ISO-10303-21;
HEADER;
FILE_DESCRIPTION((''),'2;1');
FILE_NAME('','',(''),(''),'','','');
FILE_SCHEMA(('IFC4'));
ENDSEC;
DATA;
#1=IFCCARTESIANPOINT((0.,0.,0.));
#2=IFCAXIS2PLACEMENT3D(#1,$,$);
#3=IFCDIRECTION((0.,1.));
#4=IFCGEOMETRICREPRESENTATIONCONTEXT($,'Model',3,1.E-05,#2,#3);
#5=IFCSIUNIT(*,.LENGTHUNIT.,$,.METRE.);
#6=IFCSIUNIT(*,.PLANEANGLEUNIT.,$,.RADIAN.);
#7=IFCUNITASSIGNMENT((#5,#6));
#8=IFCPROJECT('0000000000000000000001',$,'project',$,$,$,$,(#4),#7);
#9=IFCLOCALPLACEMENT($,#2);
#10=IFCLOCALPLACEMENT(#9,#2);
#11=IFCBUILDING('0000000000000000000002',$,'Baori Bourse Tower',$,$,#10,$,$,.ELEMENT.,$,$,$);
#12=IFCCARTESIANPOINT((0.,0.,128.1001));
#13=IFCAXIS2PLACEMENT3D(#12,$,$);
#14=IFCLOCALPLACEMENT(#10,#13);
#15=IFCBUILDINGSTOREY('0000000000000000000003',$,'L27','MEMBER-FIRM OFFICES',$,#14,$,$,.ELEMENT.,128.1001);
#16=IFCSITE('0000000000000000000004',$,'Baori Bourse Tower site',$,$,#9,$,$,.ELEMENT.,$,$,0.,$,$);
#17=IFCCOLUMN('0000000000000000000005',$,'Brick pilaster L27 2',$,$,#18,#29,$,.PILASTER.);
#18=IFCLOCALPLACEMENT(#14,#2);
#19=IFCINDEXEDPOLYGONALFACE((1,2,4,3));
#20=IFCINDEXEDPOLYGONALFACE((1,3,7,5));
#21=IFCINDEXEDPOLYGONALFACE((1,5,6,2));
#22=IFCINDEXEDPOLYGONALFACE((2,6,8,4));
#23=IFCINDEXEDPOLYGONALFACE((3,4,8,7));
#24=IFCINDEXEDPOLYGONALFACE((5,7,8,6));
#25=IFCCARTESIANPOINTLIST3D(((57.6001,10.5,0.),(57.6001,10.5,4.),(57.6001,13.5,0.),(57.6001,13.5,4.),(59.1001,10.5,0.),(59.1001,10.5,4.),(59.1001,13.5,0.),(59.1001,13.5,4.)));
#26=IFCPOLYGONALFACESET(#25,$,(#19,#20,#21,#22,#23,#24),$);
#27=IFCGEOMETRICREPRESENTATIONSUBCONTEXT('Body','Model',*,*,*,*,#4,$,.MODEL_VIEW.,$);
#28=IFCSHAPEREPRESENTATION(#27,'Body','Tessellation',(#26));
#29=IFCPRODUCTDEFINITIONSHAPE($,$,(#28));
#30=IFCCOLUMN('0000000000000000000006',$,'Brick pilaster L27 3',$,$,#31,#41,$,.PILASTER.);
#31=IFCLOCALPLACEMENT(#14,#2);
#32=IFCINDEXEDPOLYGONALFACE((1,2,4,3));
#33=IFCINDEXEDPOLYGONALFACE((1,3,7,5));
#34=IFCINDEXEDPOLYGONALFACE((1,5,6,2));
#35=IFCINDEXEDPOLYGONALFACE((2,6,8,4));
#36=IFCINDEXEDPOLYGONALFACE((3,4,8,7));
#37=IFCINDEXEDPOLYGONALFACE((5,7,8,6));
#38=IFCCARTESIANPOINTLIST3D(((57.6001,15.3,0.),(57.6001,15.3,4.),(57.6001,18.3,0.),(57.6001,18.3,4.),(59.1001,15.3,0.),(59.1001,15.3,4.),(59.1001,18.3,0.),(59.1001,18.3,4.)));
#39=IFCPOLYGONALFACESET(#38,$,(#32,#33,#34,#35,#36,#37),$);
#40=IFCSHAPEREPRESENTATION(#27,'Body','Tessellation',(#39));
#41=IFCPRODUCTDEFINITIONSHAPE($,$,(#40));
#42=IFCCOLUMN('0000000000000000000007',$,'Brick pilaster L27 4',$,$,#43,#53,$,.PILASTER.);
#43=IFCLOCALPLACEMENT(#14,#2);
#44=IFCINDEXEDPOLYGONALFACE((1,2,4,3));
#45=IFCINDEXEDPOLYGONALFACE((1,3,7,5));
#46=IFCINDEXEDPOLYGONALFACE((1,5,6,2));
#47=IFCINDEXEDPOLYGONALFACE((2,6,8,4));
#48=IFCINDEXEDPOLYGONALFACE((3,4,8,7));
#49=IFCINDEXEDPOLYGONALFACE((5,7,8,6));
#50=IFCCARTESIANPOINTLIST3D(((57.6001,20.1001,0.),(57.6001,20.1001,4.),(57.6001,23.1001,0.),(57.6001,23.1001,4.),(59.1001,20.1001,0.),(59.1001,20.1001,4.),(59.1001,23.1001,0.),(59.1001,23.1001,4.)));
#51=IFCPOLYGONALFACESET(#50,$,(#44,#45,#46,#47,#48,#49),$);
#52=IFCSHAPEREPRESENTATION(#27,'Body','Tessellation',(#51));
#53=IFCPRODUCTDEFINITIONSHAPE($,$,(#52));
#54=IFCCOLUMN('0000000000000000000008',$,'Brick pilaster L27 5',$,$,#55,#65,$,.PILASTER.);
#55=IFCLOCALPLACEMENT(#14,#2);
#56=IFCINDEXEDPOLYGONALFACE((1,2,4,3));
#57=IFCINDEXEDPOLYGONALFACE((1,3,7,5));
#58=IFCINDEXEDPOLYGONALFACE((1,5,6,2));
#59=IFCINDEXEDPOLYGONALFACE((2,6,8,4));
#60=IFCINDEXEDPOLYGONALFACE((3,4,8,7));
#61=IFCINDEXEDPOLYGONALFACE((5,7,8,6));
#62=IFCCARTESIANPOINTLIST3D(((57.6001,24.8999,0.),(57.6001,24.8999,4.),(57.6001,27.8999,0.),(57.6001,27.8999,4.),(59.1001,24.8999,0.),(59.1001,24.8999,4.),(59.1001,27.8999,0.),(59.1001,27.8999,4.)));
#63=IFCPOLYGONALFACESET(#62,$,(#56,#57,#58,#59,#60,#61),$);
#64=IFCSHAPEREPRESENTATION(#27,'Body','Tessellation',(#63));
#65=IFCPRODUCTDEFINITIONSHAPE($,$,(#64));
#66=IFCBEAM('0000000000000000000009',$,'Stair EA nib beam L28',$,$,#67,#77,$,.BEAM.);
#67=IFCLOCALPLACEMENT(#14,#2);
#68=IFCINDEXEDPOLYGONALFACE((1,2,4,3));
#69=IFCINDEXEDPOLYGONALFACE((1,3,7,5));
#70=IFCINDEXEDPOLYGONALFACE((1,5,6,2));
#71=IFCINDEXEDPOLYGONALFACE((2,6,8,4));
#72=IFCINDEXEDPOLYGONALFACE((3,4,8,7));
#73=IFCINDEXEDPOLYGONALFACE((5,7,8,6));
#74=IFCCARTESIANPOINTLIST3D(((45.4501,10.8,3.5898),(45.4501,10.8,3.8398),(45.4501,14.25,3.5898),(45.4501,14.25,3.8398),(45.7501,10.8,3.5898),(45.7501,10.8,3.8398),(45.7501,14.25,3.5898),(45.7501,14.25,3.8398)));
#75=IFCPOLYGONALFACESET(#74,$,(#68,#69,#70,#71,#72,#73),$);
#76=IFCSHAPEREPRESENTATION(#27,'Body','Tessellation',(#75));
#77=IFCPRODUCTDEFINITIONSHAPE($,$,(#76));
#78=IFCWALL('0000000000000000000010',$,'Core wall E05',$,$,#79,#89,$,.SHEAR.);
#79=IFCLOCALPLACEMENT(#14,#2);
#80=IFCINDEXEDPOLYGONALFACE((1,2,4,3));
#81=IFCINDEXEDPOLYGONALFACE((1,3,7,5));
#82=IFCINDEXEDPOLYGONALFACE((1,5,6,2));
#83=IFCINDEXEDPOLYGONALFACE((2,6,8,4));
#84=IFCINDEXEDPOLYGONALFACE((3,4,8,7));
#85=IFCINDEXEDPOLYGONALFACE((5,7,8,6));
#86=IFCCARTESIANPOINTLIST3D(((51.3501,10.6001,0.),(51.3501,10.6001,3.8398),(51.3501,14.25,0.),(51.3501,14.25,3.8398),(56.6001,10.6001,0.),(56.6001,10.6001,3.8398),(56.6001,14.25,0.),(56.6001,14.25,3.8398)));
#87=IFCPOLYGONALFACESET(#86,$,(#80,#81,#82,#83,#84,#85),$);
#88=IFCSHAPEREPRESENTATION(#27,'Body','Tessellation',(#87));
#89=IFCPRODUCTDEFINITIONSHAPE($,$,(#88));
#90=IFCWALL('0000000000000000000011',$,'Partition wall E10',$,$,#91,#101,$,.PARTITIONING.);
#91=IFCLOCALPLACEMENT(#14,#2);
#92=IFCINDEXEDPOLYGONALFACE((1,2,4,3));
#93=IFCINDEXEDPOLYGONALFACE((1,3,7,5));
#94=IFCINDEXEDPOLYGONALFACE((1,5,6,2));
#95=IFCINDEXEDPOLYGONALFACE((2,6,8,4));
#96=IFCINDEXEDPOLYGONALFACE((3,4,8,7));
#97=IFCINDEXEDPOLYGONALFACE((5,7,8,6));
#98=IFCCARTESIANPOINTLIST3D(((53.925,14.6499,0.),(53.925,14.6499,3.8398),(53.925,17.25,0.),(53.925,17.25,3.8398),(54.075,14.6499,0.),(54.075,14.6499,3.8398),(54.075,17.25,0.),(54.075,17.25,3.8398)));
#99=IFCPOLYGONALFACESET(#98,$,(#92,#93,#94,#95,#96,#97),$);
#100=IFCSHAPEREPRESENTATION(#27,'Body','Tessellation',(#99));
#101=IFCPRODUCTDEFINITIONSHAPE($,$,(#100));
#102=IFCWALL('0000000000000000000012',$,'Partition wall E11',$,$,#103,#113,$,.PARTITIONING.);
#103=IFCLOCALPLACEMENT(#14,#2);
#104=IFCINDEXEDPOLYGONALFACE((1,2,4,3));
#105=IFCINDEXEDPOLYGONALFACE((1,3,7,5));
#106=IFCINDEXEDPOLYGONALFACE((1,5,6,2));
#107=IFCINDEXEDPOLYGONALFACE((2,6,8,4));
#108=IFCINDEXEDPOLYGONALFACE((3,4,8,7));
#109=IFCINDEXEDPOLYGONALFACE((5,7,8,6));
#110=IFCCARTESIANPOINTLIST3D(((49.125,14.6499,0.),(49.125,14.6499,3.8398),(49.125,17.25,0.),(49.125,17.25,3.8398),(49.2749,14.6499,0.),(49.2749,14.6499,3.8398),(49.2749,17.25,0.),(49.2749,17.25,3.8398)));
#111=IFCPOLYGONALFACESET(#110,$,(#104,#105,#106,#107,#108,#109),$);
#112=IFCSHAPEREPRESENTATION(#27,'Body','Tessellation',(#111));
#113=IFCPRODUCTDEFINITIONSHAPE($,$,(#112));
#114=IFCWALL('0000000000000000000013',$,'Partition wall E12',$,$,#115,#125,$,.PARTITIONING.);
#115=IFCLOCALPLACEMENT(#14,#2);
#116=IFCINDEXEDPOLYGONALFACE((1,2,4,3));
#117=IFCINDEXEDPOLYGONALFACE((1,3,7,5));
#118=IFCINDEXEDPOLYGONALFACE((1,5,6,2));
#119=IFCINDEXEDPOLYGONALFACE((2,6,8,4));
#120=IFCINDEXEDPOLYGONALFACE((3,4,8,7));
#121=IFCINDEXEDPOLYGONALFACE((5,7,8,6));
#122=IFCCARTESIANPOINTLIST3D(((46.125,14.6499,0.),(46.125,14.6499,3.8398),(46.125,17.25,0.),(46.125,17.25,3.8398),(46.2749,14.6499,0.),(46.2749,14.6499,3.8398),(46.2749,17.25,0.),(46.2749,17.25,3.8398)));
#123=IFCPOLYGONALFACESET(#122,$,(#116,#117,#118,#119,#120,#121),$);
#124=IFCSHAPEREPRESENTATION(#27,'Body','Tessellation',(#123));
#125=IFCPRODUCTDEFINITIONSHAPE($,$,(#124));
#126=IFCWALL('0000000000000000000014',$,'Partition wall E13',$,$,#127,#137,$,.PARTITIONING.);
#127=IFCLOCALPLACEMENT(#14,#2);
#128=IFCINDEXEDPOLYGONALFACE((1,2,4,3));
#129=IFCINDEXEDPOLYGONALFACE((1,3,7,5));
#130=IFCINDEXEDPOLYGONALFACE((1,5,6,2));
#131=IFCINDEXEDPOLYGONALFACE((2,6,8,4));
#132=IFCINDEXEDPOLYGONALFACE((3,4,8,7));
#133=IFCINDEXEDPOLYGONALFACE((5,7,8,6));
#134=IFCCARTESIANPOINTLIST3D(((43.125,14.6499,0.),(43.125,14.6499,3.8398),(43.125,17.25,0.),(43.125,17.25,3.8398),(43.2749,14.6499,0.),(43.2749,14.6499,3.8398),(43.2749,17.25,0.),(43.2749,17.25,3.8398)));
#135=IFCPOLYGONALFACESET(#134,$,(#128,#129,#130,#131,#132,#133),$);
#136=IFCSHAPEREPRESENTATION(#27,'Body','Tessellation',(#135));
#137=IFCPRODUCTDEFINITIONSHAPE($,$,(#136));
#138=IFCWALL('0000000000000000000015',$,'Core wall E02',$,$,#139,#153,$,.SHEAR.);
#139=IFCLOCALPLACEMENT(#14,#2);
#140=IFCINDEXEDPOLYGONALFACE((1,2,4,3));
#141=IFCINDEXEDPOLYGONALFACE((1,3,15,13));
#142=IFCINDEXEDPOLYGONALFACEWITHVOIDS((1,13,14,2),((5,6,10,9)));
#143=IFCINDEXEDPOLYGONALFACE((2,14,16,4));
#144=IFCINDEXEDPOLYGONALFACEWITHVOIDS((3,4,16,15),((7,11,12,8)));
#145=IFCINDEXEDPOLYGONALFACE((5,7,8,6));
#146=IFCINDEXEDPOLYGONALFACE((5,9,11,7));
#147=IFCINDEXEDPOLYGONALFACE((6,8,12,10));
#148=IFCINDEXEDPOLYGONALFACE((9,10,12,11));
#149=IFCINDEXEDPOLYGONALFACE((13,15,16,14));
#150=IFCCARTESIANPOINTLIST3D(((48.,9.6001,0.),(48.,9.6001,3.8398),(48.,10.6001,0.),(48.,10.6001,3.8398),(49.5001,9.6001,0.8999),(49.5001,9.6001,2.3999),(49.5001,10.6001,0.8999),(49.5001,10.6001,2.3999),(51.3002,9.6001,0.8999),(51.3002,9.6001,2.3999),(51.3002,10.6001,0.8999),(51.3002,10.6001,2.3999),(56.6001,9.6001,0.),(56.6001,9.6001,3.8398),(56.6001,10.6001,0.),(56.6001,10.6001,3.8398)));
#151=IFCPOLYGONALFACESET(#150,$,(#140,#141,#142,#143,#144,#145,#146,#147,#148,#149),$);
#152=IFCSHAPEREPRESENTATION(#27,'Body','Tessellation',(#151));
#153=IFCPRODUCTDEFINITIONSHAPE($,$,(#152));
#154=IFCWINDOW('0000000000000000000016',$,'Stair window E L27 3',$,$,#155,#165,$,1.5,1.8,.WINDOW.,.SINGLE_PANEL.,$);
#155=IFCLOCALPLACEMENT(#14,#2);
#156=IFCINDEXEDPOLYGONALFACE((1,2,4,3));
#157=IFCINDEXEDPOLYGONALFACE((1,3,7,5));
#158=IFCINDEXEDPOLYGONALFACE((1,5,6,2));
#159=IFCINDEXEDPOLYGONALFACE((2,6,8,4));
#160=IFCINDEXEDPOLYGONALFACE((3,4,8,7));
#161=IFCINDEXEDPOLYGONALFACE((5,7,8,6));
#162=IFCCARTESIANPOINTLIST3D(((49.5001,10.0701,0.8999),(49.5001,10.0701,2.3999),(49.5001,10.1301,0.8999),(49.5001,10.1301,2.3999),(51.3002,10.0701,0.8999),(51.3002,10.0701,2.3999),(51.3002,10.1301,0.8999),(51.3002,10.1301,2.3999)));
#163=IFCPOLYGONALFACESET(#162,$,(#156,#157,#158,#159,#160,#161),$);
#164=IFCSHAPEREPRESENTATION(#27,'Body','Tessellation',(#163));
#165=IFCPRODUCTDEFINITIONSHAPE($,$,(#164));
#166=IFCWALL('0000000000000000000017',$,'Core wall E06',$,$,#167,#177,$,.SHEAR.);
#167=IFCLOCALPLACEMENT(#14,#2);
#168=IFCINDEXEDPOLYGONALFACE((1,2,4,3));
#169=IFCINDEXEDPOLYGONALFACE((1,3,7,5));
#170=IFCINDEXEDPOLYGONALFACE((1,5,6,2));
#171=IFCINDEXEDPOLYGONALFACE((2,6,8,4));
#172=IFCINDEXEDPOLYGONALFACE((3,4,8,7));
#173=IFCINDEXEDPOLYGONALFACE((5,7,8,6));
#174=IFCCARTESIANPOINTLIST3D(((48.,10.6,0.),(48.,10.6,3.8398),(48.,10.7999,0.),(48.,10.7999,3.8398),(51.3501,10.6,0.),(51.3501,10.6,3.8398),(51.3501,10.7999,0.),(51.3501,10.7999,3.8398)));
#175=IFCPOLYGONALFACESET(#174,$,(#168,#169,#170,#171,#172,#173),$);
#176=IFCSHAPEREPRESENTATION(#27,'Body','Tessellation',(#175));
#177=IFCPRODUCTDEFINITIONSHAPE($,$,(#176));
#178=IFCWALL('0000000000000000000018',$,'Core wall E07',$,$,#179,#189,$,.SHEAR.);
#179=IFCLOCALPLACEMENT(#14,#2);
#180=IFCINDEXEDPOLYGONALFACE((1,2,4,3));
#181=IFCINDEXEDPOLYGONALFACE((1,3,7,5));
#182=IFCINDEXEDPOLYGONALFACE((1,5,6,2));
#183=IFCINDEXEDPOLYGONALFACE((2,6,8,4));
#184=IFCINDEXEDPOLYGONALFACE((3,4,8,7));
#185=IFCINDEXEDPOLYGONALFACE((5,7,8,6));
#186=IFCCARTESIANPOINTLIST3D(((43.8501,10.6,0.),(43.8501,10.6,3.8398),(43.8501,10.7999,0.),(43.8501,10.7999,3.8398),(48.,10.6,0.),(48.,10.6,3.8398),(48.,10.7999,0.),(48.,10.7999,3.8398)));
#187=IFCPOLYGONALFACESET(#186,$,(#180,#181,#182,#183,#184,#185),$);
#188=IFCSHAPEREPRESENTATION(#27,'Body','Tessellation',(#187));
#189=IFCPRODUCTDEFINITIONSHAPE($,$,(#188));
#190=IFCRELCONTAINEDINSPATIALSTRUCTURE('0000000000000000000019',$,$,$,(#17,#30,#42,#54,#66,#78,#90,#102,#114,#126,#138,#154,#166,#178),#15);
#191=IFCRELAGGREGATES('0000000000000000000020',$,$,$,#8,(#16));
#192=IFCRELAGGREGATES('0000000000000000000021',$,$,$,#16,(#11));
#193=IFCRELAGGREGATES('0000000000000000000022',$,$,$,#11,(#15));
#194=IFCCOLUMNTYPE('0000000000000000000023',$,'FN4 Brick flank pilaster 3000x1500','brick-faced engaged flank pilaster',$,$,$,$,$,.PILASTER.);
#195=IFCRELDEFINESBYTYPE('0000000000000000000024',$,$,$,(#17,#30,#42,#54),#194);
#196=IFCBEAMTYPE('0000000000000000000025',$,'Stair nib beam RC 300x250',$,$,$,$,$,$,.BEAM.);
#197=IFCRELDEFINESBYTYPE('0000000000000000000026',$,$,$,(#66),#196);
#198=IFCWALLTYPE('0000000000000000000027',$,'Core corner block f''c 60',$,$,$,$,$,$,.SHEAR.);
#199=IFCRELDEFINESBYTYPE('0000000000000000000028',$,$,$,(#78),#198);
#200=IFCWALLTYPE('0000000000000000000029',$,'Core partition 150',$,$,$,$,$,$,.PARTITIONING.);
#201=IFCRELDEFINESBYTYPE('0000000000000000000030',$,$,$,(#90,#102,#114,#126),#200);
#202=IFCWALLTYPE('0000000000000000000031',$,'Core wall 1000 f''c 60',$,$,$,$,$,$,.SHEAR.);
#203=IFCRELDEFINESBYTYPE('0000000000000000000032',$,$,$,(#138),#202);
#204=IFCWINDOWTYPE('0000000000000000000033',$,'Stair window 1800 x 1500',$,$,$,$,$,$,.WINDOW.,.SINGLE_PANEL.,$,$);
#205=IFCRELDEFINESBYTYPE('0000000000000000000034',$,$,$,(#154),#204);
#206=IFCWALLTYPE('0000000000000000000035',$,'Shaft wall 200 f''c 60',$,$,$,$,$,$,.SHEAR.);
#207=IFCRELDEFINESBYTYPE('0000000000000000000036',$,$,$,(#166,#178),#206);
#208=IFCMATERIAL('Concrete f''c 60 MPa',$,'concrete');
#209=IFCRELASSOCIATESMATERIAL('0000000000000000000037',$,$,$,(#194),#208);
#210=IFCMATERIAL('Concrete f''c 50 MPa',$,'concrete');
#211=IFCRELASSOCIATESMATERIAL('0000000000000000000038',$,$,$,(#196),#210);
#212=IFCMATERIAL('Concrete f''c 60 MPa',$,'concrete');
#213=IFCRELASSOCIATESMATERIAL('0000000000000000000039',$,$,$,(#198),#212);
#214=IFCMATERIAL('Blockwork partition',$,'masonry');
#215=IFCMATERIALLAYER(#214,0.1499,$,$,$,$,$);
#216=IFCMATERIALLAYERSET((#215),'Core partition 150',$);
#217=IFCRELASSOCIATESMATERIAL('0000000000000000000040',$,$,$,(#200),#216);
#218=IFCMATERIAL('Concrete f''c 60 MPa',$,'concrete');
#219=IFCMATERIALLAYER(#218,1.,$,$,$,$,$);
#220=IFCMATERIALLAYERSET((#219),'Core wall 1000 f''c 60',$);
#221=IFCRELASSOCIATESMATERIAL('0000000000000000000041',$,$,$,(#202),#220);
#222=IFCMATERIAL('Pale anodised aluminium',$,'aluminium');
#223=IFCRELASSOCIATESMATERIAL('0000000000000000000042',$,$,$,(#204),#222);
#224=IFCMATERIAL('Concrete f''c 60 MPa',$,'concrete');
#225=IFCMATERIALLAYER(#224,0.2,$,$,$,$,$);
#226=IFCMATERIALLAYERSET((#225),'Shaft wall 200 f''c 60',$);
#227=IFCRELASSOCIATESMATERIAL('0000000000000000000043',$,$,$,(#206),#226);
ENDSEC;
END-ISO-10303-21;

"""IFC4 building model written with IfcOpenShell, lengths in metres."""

from ifc_helpers import new_model, si_unit, direction, frame, frame_2d, origin, origin_2d, place, context, subcontext, project, spatial, rectangle, extrude, material, layer, layer_set, material_profile, profile_set, type_object, element, fill, save


model = new_model("IFC4")

# Units and contexts
model_context = context("Model", 3, precision=1e-05, world=origin(), true_north=direction((0.0, 1.0)))
body_context = subcontext(model_context, "Body", "Model", "MODEL_VIEW")
ifc_project = project(units=[si_unit("LENGTHUNIT", "METRE"), si_unit("PLANEANGLEUNIT", "RADIAN")], contexts=[model_context])

# Site, building, storey
site_placement = place(None, origin())
site = spatial("IfcSite", under=ifc_project, at=site_placement, Name="Baori Bourse Tower site", CompositionType="ELEMENT", RefElevation=0.0)
building_placement = place(site_placement, origin())
building = spatial("IfcBuilding", under=site, at=building_placement, Name="Baori Bourse Tower", CompositionType="ELEMENT")
storey_placement = place(building_placement, frame((0.0, 0.0, 128.1001)))
storey = spatial("IfcBuildingStorey", under=building, at=storey_placement, Name="L27", Description="MEMBER-FIRM OFFICES", CompositionType="ELEMENT", Elevation=128.1001)

# Columns
ifc_material_1 = material(Name="Concrete f'c 60 MPa", Category="concrete")
ifc_material_profile_1 = material_profile(ifc_material_1, rectangle(XDim=3.0, YDim=1.5, at=origin_2d()), Name="RC 3000x1500")
ifc_profile_set_1 = profile_set([ifc_material_profile_1], Name="Concrete f'c 60 MPa")
column_type = type_object("IfcColumnType", Name="FN4 Brick flank pilaster 3000x1500", Description="brick-faced engaged flank pilaster", PredefinedType="PILASTER", material=ifc_profile_set_1)
for number, where, z_axis, x_axis, name in (
    (1, (58.3501, 12.0, 0.0), (0.0, 0.0, 1.0), (0.0, 1.0, 0.0), "Brick pilaster L27 2"),
    (2, (58.3501, 16.8, 0.0), (0.0, 0.0, 1.0), (0.0, 1.0, 0.0), "Brick pilaster L27 3"),
    (3, (58.3501, 21.6001, 0.0), (0.0, 0.0, 1.0), (0.0, 1.0, 0.0), "Brick pilaster L27 4"),
    (4, (58.3501, 26.3999, 0.0), (0.0, 0.0, 1.0), (0.0, 1.0, 0.0), "Brick pilaster L27 5"),
):
    element("IfcColumn", number, at=place(storey_placement, frame(where, z_axis=z_axis, x_axis=x_axis)), inside=storey, type_object=column_type, Name=name, PredefinedType="PILASTER", context=body_context, shape_type="SweptSolid", body=[
        extrude(rectangle(XDim=3.0, YDim=1.5, at=origin_2d()), origin(), (0.0, 0.0, 1.0), 4.0),
    ])

# Beam
ifc_material_2 = material(Name="Concrete f'c 50 MPa", Category="concrete")
ifc_material_profile_2 = material_profile(ifc_material_2, rectangle(XDim=0.3, YDim=0.25, at=origin_2d()), Name="RC 300x250")
ifc_profile_set_2 = profile_set([ifc_material_profile_2], Name="Concrete f'c 50 MPa")
beam_type = type_object("IfcBeamType", Name="Stair nib beam RC 300x250", PredefinedType="BEAM", material=ifc_profile_set_2)
beam_placement = place(storey_placement, frame((45.6001, 10.8, 3.7148), z_axis=(0.0, 1.0, 0.0), x_axis=(-1.0, 0.0, 0.0)))
element("IfcBeam", 5, at=beam_placement, inside=storey, type_object=beam_type, Name="Stair EA nib beam L28", PredefinedType="BEAM", context=body_context, shape_type="SweptSolid", body=[
    extrude(rectangle(XDim=0.3, YDim=0.25, at=origin_2d()), origin(), (0.0, 0.0, 1.0), 3.45),
])

# Walls
ifc_material_3 = material(Name="Concrete f'c 60 MPa", Category="concrete")
wall_type_1 = type_object("IfcWallType", Name="Core corner block f'c 60", PredefinedType="SHEAR", material=ifc_material_3)
wall_1_placement = place(storey_placement, frame((51.3501, 12.425, 0.0), z_axis=(0.0, 0.0, 1.0), x_axis=(1.0, 0.0, 0.0)))
element("IfcWall", 6, at=wall_1_placement, inside=storey, type_object=wall_type_1, Name="Core wall E05", PredefinedType="SHEAR", context=body_context, shape_type="SweptSolid", body=[
    extrude(rectangle(XDim=5.25, YDim=3.6499, at=frame_2d((2.625, 0.0))), origin(), (0.0, 0.0, 1.0), 3.8398),
])
ifc_material_4 = material(Name="Blockwork partition", Category="masonry")
ifc_layer_1 = layer(ifc_material_4, 0.1499)
ifc_layer_set_1 = layer_set([ifc_layer_1], Name="Core partition 150")
wall_type_2 = type_object("IfcWallType", Name="Core partition 150", PredefinedType="PARTITIONING", material=ifc_layer_set_1)
for number, where, z_axis, x_axis, name in (
    (7, (54.0, 14.6499, 0.0), (0.0, 0.0, 1.0), (0.0, 1.0, 0.0), "Partition wall E10"),
    (8, (49.2, 14.6499, 0.0), (0.0, 0.0, 1.0), (0.0, 1.0, 0.0), "Partition wall E11"),
    (9, (46.2, 14.6499, 0.0), (0.0, 0.0, 1.0), (0.0, 1.0, 0.0), "Partition wall E12"),
    (10, (43.2, 14.6499, 0.0), (0.0, 0.0, 1.0), (0.0, 1.0, 0.0), "Partition wall E13"),
):
    element("IfcWall", number, at=place(storey_placement, frame(where, z_axis=z_axis, x_axis=x_axis)), inside=storey, type_object=wall_type_2, Name=name, PredefinedType="PARTITIONING", context=body_context, shape_type="SweptSolid", body=[
        extrude(rectangle(XDim=2.6001, YDim=0.1499, at=frame_2d((1.3, 0.0))), origin(), (0.0, 0.0, 1.0), 3.8398),
    ])

# Wall, opening, window
ifc_material_5 = material(Name="Concrete f'c 60 MPa", Category="concrete")
ifc_layer_2 = layer(ifc_material_5, 1.0)
ifc_layer_set_2 = layer_set([ifc_layer_2], Name="Core wall 1000 f'c 60")
wall_type_3 = type_object("IfcWallType", Name="Core wall 1000 f'c 60", PredefinedType="SHEAR", material=ifc_layer_set_2)
wall_2_placement = place(storey_placement, frame((56.6001, 10.1001, 0.0), z_axis=(0.0, 0.0, 1.0), x_axis=(-1.0, 0.0, 0.0)))
wall_2 = element("IfcWall", 11, at=wall_2_placement, inside=storey, type_object=wall_type_3, Name="Core wall E02", PredefinedType="SHEAR", context=body_context, shape_type="SweptSolid", body=[
    extrude(rectangle(XDim=8.6001, YDim=1.0, at=frame_2d((4.3, 0.0))), origin(), (0.0, 0.0, 1.0), 3.8398),
])
opening_1_placement = place(wall_2_placement, frame((5.3, 0.0, 0.8999)))
opening_1 = element("IfcOpeningElement", 12, at=opening_1_placement, cuts=wall_2, PredefinedType="OPENING", context=body_context, shape_type="SweptSolid", body=[
    extrude(rectangle(XDim=1.8, YDim=1.5, at=frame_2d((0.8999, 0.75))), frame((0.0, 0.51, 0.0), z_axis=(0.0, -1.0, 0.0), x_axis=(1.0, 0.0, 0.0)), (0.0, 0.0, 1.0), 1.02),
])
ifc_material_6 = material(Name="Pale anodised aluminium", Category="aluminium")
window_type = type_object("IfcWindowType", Name="Stair window 1800 x 1500", PartitioningType="SINGLE_PANEL", PredefinedType="WINDOW", material=ifc_material_6)
window_placement = place(opening_1_placement, origin())
window = element("IfcWindow", 13, at=window_placement, inside=storey, type_object=window_type, Name="Stair window E L27 3", OverallHeight=1.5, OverallWidth=1.8, PartitioningType="SINGLE_PANEL", PredefinedType="WINDOW", context=body_context, shape_type="SweptSolid", body=[
    extrude(rectangle(XDim=1.8, YDim=1.5, at=frame_2d((0.8999, 0.75))), frame((0.0, 0.03, 0.0), z_axis=(0.0, -1.0, 0.0), x_axis=(1.0, 0.0, 0.0)), (0.0, 0.0, 1.0), 0.0601),
])
fill(opening_1, window)

# Walls
ifc_material_7 = material(Name="Concrete f'c 60 MPa", Category="concrete")
ifc_layer_3 = layer(ifc_material_7, 0.2)
ifc_layer_set_3 = layer_set([ifc_layer_3], Name="Shaft wall 200 f'c 60")
wall_type_4 = type_object("IfcWallType", Name="Shaft wall 200 f'c 60", PredefinedType="SHEAR", material=ifc_layer_set_3)
wall_3_placement = place(storey_placement, frame((48.0, 10.7, 0.0), z_axis=(0.0, 0.0, 1.0), x_axis=(1.0, 0.0, 0.0)))
element("IfcWall", 14, at=wall_3_placement, inside=storey, type_object=wall_type_4, Name="Core wall E06", PredefinedType="SHEAR", context=body_context, shape_type="SweptSolid", body=[
    extrude(rectangle(XDim=3.3501, YDim=0.2, at=frame_2d((1.675, 0.0))), origin(), (0.0, 0.0, 1.0), 3.8398),
])
wall_4_placement = place(storey_placement, frame((43.8501, 10.7, 0.0), z_axis=(0.0, 0.0, 1.0), x_axis=(1.0, 0.0, 0.0)))
element("IfcWall", 15, at=wall_4_placement, inside=storey, type_object=wall_type_4, Name="Core wall E07", PredefinedType="SHEAR", context=body_context, shape_type="SweptSolid", body=[
    extrude(rectangle(XDim=4.1499, YDim=0.2, at=frame_2d((2.075, 0.0))), origin(), (0.0, 0.0, 1.0), 3.8398),
])

save(model, "model.ifc")
